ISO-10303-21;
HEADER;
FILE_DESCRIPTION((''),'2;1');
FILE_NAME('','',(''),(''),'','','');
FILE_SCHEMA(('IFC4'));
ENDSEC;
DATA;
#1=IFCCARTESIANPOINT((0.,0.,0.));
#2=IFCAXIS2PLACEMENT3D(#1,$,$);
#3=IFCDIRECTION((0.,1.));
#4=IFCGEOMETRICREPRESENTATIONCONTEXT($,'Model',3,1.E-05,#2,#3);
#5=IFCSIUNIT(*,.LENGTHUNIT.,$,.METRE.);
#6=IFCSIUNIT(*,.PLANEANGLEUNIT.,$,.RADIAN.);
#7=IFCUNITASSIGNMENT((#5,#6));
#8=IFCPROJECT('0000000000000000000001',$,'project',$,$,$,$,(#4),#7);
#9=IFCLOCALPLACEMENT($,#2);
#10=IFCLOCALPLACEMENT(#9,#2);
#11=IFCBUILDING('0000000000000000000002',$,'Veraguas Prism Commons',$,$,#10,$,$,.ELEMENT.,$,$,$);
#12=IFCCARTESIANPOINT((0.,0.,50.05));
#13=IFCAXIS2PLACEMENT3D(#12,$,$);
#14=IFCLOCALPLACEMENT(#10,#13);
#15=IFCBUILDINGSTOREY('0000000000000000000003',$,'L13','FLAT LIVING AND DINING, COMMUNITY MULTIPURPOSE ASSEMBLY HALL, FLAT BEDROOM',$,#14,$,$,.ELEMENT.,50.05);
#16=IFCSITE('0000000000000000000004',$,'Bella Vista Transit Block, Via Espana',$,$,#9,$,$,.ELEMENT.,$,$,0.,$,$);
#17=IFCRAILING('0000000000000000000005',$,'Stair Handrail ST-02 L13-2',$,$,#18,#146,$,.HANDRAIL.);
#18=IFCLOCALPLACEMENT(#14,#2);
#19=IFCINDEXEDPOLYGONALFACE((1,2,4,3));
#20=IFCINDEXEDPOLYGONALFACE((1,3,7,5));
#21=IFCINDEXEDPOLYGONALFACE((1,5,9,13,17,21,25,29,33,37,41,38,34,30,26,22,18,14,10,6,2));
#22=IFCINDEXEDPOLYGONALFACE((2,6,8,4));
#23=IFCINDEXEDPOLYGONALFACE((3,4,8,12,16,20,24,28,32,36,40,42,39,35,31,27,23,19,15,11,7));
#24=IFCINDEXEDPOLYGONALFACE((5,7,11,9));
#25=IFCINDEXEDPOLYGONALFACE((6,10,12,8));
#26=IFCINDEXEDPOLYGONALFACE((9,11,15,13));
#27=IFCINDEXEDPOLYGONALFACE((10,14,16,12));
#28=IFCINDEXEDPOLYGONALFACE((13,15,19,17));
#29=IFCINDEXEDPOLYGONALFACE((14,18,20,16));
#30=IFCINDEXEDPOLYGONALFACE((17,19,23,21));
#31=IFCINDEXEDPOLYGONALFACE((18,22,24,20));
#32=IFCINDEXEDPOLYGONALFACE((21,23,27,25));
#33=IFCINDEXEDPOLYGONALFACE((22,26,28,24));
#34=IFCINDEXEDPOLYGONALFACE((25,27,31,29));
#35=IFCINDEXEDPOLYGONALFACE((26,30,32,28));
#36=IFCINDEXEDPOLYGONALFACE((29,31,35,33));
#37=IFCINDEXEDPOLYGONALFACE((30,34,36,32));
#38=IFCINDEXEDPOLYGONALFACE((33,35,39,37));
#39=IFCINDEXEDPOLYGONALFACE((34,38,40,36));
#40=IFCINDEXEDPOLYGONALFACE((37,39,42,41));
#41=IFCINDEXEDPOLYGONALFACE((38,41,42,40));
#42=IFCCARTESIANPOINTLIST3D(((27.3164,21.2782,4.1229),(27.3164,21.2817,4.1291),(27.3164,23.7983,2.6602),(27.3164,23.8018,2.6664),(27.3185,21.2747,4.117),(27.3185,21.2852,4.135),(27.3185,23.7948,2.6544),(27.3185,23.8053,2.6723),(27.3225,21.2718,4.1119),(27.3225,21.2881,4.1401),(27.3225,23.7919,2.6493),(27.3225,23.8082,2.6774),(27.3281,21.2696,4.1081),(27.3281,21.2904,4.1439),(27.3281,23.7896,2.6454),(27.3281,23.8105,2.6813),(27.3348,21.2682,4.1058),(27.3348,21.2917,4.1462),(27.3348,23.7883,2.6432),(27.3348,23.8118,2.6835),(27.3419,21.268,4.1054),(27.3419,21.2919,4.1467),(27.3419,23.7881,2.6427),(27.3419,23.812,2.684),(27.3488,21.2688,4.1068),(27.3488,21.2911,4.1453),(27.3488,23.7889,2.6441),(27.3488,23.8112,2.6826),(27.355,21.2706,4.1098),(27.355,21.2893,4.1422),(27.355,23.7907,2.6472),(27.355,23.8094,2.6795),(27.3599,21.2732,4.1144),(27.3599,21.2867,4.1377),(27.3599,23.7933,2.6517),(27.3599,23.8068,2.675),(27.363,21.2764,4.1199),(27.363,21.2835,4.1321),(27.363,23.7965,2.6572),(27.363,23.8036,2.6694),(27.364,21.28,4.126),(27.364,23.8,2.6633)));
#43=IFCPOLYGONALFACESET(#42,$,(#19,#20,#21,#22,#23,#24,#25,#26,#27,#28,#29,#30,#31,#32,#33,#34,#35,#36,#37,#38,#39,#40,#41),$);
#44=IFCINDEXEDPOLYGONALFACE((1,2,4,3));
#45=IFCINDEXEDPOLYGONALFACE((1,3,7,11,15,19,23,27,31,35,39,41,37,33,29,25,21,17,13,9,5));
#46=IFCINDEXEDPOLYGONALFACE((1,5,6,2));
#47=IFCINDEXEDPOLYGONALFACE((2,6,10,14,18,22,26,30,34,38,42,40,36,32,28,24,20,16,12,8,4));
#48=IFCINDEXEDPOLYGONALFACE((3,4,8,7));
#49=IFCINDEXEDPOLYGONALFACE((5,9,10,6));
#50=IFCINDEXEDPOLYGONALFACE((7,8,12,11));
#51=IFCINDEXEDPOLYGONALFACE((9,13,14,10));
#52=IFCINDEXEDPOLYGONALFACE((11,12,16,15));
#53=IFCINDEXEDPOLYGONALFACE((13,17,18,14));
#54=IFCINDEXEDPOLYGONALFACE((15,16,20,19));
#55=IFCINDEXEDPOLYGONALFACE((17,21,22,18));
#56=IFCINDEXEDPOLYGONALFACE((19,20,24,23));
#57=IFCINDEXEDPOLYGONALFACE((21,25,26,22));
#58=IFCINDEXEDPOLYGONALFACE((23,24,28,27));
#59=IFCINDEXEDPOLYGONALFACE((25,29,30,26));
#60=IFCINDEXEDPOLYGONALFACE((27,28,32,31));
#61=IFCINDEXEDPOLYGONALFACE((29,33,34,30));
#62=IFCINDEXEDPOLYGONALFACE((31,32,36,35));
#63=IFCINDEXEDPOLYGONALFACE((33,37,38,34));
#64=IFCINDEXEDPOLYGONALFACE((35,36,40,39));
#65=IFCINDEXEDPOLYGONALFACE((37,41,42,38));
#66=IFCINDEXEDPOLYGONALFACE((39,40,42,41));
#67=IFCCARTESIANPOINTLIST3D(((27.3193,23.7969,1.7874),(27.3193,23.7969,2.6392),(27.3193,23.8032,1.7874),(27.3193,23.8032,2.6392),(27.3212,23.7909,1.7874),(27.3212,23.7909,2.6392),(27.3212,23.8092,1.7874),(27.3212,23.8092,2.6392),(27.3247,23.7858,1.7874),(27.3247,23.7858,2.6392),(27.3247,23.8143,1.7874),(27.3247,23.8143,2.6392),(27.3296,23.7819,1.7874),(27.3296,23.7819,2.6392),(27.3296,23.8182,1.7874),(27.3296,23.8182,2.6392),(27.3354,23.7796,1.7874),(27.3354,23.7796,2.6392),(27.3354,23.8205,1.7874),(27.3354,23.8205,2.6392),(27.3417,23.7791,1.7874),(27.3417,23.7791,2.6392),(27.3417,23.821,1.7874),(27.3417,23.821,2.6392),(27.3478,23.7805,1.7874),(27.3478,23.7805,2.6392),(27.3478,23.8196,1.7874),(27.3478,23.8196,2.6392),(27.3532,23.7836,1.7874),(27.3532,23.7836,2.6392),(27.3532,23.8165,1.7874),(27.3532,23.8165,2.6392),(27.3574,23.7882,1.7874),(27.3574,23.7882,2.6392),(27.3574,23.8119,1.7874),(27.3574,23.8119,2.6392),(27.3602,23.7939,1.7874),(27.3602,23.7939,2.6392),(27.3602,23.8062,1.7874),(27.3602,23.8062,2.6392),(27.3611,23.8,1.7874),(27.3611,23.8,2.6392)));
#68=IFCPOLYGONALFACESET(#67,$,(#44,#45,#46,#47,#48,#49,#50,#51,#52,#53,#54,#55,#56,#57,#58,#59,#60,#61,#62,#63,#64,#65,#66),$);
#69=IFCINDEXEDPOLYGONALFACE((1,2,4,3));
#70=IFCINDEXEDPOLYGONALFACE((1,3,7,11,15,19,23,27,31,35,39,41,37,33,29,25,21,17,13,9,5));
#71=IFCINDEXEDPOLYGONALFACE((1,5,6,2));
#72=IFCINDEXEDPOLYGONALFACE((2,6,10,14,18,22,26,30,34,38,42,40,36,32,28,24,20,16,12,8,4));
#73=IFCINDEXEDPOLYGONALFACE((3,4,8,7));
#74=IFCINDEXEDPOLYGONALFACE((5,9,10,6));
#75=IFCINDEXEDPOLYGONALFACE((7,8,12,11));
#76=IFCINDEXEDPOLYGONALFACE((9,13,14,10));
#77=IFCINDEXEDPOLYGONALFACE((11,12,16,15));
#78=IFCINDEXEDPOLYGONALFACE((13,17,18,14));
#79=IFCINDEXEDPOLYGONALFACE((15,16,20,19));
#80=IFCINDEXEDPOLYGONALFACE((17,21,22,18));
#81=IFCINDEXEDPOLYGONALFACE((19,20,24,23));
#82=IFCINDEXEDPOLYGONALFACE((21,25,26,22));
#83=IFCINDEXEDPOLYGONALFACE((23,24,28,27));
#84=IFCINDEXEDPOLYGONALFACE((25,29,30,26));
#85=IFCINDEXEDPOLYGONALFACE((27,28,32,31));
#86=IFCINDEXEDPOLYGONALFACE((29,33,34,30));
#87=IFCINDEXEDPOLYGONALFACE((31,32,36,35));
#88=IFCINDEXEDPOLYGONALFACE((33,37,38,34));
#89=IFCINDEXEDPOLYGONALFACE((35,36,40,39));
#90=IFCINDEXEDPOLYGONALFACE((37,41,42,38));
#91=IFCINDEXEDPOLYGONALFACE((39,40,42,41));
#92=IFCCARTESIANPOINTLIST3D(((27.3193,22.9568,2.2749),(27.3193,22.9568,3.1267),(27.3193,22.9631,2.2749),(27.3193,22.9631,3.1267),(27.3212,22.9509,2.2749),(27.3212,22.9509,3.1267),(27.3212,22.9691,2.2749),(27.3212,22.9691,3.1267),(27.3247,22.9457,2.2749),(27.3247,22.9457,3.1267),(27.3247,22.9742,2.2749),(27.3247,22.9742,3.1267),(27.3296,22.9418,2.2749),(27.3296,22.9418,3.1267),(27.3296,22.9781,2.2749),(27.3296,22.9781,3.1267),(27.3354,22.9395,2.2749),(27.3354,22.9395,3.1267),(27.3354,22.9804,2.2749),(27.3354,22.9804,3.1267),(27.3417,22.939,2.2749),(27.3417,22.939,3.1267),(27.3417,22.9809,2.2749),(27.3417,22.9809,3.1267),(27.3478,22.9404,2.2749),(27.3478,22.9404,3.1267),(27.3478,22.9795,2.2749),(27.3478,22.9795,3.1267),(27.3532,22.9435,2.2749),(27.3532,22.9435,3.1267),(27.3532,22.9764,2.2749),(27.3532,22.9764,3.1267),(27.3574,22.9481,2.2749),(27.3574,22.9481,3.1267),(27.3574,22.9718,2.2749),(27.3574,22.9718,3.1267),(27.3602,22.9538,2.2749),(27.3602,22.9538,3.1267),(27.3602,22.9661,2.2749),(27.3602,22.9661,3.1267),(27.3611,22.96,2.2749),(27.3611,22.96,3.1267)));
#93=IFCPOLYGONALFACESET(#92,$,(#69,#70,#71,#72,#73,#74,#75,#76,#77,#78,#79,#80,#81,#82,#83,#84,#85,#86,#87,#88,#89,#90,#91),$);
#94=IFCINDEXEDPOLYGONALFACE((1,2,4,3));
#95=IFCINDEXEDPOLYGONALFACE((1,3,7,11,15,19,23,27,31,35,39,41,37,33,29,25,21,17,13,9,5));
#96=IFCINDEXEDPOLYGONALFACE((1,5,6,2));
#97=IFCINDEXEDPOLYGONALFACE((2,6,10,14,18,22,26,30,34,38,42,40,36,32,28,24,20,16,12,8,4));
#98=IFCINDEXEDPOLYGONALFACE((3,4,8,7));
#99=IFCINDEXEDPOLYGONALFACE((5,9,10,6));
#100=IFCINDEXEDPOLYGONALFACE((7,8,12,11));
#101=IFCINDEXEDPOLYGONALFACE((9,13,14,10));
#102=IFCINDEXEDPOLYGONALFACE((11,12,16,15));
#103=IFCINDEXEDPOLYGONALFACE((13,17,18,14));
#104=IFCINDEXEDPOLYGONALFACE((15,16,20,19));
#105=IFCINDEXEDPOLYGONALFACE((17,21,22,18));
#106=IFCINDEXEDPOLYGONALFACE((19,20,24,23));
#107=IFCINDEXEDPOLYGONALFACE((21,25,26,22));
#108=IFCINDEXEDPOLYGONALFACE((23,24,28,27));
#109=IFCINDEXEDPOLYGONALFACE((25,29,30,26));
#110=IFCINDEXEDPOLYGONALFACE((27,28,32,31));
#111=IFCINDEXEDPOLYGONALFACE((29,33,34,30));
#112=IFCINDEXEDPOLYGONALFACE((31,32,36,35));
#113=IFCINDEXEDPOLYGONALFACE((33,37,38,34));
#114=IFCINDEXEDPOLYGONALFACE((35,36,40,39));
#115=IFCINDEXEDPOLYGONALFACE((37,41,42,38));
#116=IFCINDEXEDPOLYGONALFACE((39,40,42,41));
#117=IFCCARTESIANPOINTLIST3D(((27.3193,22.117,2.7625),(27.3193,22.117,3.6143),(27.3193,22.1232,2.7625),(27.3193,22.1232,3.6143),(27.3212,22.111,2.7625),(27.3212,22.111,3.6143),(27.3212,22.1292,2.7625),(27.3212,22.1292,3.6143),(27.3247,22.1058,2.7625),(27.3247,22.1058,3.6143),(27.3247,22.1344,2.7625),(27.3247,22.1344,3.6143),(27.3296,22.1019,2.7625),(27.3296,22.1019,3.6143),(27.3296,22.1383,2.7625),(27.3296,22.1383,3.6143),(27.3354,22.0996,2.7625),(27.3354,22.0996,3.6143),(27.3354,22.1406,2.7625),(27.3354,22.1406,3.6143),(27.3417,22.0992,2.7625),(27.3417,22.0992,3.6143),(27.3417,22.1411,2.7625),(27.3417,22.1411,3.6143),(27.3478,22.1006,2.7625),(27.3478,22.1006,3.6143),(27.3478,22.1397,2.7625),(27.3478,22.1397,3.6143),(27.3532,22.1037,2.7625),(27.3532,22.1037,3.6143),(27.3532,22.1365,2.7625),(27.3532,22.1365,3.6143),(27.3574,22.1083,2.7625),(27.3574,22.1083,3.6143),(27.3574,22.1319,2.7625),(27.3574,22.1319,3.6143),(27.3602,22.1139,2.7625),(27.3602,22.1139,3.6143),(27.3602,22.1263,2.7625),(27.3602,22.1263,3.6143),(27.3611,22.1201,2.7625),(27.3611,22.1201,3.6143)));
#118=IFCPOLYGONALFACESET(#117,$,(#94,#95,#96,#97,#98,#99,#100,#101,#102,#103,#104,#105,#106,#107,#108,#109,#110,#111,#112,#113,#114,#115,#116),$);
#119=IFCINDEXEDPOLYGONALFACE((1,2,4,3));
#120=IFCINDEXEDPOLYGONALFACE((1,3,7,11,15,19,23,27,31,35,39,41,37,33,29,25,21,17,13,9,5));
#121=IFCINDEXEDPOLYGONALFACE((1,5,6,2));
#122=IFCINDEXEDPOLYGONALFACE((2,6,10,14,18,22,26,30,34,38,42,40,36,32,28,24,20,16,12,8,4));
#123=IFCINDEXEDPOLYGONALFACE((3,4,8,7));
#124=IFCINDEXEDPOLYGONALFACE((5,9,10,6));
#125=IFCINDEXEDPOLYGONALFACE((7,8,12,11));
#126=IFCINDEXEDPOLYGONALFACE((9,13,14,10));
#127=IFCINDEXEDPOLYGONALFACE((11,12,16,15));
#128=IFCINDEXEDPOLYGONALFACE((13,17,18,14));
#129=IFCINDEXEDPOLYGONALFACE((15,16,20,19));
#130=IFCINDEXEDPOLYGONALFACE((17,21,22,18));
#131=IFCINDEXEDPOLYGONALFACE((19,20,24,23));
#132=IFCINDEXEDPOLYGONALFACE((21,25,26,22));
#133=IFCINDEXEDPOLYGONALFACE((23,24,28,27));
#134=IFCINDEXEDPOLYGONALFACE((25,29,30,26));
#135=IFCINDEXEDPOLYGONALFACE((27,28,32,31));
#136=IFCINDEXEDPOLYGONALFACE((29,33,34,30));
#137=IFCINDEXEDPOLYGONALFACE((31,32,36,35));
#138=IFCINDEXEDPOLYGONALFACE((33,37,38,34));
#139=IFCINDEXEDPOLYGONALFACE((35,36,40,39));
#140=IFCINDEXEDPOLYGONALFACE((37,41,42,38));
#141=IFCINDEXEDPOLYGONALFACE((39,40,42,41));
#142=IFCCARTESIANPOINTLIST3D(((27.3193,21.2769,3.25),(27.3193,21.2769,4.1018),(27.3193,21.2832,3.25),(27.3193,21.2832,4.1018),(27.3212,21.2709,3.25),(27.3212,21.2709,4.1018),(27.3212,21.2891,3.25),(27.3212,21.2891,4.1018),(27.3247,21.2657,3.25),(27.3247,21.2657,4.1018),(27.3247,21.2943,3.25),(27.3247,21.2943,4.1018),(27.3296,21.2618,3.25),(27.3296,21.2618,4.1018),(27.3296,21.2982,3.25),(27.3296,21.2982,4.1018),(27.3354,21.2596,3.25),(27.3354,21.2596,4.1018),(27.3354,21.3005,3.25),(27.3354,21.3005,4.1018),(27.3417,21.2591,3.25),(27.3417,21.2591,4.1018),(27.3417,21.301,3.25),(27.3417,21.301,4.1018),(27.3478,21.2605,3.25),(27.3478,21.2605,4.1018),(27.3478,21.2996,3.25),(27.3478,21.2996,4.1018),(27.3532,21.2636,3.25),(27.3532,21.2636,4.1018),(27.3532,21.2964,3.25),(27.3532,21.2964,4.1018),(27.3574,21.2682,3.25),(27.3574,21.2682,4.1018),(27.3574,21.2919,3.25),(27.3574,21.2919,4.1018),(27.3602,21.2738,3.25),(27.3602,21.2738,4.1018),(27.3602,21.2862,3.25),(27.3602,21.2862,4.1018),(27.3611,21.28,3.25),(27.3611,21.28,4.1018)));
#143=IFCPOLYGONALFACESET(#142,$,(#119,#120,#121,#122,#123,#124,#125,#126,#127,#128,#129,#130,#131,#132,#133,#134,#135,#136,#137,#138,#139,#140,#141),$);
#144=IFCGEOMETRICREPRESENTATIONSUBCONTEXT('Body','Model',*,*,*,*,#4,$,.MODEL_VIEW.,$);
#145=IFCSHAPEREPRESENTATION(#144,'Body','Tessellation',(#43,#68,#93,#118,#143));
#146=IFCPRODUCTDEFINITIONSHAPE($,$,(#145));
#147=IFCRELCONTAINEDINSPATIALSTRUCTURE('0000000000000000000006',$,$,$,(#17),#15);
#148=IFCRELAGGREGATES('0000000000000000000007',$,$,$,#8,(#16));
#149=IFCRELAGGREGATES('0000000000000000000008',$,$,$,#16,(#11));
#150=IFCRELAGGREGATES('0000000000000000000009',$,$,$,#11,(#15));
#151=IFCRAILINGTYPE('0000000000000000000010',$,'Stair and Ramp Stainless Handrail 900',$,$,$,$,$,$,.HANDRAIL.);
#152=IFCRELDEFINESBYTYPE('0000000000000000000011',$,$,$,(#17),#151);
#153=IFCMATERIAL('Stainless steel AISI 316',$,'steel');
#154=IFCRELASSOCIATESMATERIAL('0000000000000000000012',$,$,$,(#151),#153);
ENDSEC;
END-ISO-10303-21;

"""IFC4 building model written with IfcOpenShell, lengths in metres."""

from ifc_helpers import new_model, si_unit, direction, frame, origin, origin_2d, place, context, subcontext, project, spatial, circle, extrude, material, type_object, element, save


model = new_model("IFC4")

# Units and contexts
model_context = context("Model", 3, precision=1e-05, world=origin(), true_north=direction((0.0, 1.0)))
body_context = subcontext(model_context, "Body", "Model", "MODEL_VIEW")
ifc_project = project(units=[si_unit("LENGTHUNIT", "METRE"), si_unit("PLANEANGLEUNIT", "RADIAN")], contexts=[model_context])

# Site, building, storey
site_placement = place(None, origin())
site = spatial("IfcSite", under=ifc_project, at=site_placement, Name="Bella Vista Transit Block, Via Espana", CompositionType="ELEMENT", RefElevation=0.0)
building_placement = place(site_placement, origin())
building = spatial("IfcBuilding", under=site, at=building_placement, Name="Veraguas Prism Commons", CompositionType="ELEMENT")
storey_placement = place(building_placement, frame((0.0, 0.0, 50.05)))
storey = spatial("IfcBuildingStorey", under=building, at=storey_placement, Name="L13", Description="FLAT LIVING AND DINING, COMMUNITY MULTIPURPOSE ASSEMBLY HALL, FLAT BEDROOM", CompositionType="ELEMENT", Elevation=50.05)

# Railing
ifc_material_1 = material(Name="Stainless steel AISI 316", Category="steel")
railing_type_1 = type_object("IfcRailingType", Name="Stair and Ramp Stainless Handrail 900", PredefinedType="HANDRAIL", material=ifc_material_1)
railing_1_placement = place(storey_placement, frame((27.3401, 23.8, 1.7874)))
element("IfcRailing", 1, at=railing_1_placement, inside=storey, type_object=railing_type_1, Name="Stair Handrail ST-02 L13-2", PredefinedType="HANDRAIL", context=body_context, shape_type="SweptSolid", body=[
    extrude(circle(Radius=0.0239, at=origin_2d()), frame((0.0, 0.0, 0.876), z_axis=(0.0, -0.864877, 0.501984), x_axis=(1.0, 0.0, 0.0)), (0.0, 0.0, 1.0), 2.9138),
    extrude(circle(Radius=0.021, at=origin_2d()), origin(), (0.0, 0.0, 1.0), 0.8518),
    extrude(circle(Radius=0.021, at=origin_2d()), frame((0.0, -0.8401, 0.4875)), (0.0, 0.0, 1.0), 0.8518),
    extrude(circle(Radius=0.021, at=origin_2d()), frame((0.0, -1.6799, 0.9751)), (0.0, 0.0, 1.0), 0.8518),
    extrude(circle(Radius=0.021, at=origin_2d()), frame((0.0, -2.52, 1.4626)), (0.0, 0.0, 1.0), 0.8518),
])

save(model, "model.ifc")
